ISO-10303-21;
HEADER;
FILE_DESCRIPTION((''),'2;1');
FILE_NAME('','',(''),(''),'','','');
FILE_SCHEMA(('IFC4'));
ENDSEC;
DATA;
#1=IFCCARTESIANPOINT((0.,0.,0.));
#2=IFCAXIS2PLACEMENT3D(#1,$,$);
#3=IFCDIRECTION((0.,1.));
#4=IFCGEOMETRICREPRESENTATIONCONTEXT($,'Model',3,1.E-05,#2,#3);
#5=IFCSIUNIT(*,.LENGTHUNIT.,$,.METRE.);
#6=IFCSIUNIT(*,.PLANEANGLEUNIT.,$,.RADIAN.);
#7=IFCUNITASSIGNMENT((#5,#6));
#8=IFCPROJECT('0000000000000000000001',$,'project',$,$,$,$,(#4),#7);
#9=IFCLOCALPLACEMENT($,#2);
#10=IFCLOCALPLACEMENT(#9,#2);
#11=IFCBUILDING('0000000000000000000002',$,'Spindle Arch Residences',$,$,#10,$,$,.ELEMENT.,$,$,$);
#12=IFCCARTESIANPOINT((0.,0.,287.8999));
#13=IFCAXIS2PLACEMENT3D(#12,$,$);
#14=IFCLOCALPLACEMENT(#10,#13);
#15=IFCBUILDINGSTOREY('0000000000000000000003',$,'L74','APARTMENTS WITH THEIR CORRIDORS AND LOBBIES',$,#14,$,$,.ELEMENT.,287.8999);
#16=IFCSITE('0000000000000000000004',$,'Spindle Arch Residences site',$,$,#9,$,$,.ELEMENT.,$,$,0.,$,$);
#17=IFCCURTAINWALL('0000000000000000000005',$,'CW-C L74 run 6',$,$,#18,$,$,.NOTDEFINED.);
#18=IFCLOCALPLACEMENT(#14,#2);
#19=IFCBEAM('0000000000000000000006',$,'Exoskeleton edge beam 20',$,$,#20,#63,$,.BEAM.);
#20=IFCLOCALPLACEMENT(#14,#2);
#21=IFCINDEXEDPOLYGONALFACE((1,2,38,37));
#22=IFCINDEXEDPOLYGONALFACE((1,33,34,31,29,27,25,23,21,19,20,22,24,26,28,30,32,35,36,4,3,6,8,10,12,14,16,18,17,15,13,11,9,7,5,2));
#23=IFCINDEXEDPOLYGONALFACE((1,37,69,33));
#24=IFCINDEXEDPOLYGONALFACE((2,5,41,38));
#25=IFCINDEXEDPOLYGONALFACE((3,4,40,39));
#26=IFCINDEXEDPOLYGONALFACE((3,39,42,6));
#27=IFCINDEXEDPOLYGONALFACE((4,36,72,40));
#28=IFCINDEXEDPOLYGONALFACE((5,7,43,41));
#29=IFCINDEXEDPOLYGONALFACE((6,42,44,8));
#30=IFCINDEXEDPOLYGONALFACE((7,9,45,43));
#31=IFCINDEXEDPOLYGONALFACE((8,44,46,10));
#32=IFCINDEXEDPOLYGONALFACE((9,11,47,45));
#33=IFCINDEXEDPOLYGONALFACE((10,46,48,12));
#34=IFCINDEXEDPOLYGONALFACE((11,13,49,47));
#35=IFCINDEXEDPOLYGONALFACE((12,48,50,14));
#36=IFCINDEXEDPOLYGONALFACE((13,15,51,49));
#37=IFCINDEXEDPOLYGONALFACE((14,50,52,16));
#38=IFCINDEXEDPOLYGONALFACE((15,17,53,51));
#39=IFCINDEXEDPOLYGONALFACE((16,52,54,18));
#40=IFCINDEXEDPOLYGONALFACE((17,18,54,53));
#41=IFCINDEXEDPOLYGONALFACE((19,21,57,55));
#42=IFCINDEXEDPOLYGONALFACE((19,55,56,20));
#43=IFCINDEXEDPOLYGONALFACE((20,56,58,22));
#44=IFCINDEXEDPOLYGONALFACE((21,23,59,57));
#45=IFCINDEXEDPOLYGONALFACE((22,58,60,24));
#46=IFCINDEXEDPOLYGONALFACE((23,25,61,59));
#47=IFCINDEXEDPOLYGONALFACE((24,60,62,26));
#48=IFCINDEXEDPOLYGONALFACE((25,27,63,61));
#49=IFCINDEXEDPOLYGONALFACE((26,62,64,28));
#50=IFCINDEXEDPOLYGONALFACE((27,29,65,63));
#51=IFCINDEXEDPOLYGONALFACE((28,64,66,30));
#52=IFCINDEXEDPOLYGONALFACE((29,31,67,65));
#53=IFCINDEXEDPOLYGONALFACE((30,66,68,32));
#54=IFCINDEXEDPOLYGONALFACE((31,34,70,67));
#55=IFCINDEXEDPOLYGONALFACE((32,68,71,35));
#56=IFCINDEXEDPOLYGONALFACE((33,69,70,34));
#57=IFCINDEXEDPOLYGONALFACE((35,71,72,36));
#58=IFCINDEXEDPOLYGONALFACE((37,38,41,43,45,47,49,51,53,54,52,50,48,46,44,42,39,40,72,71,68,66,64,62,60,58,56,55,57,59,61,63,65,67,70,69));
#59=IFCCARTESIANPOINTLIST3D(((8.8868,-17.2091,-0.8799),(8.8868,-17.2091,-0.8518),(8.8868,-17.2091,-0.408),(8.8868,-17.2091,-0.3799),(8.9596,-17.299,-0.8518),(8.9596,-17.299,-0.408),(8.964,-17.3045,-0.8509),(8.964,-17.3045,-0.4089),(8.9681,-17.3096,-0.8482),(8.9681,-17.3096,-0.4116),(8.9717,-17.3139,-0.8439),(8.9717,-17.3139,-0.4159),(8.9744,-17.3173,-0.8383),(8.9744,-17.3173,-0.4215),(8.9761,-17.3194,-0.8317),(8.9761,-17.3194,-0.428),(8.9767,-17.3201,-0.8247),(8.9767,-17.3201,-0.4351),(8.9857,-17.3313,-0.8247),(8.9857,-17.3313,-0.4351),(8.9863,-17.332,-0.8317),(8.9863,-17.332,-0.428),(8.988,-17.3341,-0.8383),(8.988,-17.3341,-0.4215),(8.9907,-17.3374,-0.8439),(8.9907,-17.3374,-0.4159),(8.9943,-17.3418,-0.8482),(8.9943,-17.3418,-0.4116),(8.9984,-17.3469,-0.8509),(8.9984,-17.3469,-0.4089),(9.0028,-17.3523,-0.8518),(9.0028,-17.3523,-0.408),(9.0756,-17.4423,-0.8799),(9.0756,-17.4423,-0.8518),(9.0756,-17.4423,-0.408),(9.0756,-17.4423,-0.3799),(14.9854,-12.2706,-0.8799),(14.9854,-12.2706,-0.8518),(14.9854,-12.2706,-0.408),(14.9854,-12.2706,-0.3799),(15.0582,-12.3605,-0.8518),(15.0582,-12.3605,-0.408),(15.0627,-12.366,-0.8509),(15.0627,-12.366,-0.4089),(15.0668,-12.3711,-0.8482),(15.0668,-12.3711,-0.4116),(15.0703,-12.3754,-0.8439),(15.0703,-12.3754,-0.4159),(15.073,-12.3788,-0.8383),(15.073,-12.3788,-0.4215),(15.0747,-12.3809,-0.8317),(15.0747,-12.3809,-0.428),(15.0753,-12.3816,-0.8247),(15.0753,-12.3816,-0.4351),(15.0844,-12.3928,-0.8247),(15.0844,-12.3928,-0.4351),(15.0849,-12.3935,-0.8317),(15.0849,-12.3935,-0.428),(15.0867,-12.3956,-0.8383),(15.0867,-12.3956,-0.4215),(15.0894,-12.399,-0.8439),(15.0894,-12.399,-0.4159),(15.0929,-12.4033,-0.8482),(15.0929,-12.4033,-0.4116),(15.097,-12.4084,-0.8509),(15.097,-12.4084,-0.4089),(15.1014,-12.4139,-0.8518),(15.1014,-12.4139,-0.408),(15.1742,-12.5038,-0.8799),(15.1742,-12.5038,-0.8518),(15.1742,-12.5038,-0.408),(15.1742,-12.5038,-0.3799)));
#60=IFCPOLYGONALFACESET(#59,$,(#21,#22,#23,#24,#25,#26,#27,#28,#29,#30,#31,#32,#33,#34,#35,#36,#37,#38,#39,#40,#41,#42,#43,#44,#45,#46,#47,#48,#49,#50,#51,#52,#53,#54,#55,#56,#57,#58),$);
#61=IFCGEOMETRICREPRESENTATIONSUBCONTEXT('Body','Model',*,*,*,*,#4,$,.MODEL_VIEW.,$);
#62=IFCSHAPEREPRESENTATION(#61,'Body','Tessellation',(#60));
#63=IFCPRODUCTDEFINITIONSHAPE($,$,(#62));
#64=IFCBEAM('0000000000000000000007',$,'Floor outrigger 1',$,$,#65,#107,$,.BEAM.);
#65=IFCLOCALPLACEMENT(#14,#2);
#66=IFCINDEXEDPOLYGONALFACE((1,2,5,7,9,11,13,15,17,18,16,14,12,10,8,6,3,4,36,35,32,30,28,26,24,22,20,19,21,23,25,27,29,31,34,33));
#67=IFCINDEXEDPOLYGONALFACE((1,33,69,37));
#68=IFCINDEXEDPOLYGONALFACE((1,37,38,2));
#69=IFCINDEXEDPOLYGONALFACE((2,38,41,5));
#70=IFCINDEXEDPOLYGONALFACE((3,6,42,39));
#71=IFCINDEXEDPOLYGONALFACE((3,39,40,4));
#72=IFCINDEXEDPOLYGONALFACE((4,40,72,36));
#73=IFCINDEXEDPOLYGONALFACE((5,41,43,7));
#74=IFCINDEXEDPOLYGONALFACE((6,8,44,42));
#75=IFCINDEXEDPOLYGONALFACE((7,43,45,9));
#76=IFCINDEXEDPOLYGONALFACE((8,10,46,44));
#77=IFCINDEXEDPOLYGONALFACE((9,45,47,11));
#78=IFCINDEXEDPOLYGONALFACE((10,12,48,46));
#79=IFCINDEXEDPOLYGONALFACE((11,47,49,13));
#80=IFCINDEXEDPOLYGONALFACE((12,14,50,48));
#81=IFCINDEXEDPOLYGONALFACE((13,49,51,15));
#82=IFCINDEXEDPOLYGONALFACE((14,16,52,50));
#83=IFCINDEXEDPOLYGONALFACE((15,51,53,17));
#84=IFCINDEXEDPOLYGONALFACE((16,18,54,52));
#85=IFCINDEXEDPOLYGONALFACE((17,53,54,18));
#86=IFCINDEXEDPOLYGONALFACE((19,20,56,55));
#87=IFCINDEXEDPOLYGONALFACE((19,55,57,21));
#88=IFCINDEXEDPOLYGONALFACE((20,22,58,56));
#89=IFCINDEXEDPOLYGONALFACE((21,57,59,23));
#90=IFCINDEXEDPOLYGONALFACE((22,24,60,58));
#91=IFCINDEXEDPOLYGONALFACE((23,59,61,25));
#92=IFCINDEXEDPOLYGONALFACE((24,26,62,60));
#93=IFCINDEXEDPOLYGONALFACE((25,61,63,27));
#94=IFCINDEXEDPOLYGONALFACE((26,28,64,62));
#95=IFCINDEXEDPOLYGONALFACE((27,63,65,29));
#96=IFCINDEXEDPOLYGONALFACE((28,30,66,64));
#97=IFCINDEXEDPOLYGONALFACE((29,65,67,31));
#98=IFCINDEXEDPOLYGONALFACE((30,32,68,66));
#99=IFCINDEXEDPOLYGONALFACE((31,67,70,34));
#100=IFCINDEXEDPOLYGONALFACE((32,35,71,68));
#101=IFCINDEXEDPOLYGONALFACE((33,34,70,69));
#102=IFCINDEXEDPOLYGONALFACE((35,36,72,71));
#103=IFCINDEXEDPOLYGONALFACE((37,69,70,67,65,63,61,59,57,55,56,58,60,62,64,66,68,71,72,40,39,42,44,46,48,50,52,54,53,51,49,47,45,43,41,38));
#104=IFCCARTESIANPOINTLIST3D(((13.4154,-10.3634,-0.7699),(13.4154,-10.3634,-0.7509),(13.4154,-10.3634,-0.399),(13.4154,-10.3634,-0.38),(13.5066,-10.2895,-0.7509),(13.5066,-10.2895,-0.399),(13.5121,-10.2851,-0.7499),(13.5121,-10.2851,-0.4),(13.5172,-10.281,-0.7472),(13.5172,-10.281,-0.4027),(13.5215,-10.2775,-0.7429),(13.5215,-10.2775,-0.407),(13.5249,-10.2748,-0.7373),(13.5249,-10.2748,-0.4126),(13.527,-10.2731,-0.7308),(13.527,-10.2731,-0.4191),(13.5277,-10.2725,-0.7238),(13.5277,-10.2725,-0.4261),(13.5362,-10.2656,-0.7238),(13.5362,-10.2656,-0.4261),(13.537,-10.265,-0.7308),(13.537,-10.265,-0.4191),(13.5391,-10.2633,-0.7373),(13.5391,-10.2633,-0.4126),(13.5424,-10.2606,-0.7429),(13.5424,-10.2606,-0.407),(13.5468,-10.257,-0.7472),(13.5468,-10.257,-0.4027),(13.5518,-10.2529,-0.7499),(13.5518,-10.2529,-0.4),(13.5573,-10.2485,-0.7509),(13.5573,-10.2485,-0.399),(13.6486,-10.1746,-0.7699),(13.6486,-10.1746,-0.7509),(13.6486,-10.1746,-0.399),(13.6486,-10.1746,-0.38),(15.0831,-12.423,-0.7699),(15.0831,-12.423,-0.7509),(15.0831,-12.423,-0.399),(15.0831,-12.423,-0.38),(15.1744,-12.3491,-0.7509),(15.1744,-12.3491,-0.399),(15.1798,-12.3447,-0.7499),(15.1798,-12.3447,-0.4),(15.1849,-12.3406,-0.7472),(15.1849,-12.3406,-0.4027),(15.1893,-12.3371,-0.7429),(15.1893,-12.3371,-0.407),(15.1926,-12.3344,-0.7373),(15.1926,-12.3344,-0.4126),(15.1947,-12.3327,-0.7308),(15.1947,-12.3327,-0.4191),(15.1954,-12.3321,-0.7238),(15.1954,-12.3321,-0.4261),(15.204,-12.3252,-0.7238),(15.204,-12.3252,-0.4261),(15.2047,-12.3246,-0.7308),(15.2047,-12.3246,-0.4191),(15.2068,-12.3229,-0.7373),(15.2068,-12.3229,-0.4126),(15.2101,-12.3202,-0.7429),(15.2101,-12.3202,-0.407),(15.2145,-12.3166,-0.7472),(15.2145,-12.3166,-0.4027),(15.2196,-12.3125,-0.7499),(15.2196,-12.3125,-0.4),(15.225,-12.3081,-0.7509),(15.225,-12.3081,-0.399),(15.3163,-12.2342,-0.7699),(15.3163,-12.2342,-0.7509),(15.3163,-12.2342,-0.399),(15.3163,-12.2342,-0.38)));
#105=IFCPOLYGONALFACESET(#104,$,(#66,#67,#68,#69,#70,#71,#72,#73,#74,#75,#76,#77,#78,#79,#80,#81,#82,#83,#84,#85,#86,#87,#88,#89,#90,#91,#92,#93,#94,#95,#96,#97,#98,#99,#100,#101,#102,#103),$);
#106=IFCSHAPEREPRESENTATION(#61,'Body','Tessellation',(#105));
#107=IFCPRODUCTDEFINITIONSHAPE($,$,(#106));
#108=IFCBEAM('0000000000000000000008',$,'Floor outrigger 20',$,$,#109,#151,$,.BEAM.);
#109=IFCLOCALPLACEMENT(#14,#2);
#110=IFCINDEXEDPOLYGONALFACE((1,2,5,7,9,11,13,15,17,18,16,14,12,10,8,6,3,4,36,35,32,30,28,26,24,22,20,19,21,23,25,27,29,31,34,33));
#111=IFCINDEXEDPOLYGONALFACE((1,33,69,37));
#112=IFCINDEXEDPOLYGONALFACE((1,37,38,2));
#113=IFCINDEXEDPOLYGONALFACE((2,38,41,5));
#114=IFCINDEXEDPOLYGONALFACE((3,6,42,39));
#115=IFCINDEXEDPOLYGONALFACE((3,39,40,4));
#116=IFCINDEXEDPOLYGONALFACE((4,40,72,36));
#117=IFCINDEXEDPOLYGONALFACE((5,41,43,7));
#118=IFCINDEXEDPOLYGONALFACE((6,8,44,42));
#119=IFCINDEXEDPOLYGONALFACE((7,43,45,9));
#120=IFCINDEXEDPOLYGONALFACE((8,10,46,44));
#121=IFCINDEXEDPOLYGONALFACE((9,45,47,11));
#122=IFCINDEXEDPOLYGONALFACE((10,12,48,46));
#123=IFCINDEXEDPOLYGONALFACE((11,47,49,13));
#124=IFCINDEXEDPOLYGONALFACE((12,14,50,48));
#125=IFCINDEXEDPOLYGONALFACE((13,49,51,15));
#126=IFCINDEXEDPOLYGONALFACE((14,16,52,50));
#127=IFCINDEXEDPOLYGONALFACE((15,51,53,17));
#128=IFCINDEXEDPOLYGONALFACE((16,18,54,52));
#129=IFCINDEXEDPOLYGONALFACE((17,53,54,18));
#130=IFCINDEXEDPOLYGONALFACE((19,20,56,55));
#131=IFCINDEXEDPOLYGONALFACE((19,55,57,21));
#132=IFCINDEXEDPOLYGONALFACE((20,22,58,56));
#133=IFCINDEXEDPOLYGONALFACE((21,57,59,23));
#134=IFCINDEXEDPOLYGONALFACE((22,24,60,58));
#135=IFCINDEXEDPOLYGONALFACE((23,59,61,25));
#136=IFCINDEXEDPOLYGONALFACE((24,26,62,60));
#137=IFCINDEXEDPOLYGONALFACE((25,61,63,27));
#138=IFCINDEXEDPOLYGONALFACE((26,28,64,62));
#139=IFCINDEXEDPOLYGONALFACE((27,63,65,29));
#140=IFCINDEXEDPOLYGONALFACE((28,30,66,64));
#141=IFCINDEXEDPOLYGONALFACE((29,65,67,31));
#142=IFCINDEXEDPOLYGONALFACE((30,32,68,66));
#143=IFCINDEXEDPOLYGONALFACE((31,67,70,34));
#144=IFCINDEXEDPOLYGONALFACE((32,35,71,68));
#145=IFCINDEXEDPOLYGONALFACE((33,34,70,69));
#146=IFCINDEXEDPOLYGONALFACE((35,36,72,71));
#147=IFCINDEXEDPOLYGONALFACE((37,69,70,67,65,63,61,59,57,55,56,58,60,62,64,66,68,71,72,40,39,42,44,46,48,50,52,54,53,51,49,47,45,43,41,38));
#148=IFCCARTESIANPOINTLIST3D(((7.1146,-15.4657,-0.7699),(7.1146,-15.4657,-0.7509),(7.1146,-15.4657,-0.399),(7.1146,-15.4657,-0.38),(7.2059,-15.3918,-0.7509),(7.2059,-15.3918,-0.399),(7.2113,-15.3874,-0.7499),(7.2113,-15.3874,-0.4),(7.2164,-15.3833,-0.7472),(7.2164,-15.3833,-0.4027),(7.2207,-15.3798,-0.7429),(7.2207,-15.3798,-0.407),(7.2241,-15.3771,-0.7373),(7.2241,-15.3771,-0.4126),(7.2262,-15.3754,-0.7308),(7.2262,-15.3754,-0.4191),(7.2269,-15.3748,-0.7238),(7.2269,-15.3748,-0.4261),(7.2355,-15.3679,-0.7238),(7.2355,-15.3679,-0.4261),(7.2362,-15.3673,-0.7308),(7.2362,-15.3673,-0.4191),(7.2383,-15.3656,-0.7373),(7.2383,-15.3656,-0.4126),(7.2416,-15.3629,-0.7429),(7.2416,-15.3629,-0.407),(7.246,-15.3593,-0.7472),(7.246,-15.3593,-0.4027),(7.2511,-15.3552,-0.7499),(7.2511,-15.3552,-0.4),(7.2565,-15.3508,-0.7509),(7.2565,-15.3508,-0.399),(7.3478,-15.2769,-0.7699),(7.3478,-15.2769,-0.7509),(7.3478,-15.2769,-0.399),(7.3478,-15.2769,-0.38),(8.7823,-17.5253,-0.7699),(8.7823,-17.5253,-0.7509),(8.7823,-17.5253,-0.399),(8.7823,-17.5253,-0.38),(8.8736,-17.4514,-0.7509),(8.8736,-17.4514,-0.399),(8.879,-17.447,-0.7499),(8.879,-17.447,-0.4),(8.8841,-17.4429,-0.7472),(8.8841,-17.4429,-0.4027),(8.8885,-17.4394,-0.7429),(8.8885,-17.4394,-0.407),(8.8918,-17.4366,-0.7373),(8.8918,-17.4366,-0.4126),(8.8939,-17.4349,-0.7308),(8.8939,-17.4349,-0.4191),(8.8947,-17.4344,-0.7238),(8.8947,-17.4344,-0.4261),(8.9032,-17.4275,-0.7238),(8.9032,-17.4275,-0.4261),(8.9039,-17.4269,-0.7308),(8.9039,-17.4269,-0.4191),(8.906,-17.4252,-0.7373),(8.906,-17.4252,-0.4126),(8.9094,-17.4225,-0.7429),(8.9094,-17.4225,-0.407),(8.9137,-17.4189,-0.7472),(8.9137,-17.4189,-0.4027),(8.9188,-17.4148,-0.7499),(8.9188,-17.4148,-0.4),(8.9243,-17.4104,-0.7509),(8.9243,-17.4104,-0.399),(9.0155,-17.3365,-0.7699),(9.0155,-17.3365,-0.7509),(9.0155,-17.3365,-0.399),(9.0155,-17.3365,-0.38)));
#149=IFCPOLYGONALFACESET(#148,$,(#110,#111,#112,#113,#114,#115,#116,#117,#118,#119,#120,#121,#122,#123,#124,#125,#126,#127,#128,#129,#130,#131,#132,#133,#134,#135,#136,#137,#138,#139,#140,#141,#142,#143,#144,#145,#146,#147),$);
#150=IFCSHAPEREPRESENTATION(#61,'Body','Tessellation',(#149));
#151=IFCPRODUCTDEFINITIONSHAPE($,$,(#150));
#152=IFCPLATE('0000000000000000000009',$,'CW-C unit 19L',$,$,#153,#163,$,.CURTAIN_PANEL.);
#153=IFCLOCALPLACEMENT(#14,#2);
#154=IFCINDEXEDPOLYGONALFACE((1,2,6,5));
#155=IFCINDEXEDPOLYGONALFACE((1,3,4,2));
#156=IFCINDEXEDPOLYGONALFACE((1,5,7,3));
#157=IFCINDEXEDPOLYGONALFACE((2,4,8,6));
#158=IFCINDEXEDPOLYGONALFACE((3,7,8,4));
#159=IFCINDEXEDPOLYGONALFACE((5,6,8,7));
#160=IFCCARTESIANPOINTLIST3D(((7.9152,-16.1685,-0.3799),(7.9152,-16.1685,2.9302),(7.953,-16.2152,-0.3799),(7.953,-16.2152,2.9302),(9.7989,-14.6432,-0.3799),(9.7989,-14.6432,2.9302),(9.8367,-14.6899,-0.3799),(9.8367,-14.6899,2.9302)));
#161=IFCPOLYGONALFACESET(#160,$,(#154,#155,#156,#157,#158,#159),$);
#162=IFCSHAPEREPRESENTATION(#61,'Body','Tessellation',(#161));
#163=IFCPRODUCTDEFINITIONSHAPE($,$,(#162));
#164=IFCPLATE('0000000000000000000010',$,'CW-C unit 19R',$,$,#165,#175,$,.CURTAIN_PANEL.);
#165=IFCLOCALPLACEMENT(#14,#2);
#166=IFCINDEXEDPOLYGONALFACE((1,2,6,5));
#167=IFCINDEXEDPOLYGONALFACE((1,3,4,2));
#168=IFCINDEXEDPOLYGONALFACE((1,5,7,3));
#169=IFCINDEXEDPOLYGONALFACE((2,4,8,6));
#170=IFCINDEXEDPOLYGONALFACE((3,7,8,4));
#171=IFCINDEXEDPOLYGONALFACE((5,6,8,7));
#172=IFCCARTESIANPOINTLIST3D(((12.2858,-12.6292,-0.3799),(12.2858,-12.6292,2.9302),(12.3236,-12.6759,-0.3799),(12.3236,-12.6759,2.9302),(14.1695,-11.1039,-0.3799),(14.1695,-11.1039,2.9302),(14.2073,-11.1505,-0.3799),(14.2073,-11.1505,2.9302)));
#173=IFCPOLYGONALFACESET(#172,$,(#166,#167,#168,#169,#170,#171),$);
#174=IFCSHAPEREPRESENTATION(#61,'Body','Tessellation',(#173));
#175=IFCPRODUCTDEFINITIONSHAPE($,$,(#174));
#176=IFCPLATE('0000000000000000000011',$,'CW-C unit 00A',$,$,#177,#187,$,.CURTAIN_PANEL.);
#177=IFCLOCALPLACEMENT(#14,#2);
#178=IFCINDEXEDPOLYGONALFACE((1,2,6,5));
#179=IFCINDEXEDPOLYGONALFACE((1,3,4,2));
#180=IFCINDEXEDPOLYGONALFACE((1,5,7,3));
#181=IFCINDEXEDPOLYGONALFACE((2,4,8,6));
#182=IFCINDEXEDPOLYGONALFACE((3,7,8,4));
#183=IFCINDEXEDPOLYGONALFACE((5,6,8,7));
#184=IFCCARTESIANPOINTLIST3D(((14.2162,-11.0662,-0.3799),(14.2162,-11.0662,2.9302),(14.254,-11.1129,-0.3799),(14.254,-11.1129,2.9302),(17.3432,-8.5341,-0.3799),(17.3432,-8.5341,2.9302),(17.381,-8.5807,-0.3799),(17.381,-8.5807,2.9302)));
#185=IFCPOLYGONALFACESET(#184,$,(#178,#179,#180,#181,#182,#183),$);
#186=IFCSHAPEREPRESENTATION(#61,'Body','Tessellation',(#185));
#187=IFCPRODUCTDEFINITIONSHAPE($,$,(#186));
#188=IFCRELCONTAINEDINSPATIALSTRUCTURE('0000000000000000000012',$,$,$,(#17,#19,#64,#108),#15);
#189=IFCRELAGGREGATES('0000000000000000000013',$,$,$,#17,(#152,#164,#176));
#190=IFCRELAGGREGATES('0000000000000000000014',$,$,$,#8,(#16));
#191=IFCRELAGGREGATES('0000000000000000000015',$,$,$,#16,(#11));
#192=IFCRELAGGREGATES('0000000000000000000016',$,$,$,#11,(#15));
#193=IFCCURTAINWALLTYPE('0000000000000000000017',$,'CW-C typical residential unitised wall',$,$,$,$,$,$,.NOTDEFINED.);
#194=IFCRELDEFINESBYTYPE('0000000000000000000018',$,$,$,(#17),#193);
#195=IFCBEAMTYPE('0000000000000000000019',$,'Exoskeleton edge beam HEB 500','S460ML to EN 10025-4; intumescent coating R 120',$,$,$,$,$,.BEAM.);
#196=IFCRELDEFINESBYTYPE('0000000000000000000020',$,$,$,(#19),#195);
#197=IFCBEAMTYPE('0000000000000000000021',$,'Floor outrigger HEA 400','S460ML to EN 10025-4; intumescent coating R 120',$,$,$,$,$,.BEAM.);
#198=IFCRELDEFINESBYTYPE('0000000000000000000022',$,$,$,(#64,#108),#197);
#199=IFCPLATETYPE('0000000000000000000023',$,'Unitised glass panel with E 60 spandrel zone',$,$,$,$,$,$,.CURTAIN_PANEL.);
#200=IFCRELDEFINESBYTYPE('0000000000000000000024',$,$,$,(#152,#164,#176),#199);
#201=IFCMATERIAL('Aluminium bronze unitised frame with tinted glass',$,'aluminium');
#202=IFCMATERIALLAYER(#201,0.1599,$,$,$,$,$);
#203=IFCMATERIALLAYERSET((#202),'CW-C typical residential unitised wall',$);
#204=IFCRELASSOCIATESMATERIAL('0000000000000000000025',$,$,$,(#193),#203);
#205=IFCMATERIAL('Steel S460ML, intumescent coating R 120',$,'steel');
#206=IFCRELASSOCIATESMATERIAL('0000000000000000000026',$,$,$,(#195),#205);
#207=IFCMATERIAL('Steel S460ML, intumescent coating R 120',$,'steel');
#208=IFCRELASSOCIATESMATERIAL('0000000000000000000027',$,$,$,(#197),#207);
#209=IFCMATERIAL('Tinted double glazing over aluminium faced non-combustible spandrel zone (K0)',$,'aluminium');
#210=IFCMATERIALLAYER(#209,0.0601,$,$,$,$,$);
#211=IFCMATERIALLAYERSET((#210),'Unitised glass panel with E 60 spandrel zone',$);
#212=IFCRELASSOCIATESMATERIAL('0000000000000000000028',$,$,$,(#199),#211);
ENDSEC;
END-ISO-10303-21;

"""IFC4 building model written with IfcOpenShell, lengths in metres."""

from ifc_helpers import new_model, si_unit, direction, frame, origin, origin_2d, place, context, subcontext, project, spatial, rectangle, i_section, extrude, material, layer, layer_set, material_profile, profile_set, type_object, element, aggregate, save


model = new_model("IFC4")

# Units and contexts
model_context = context("Model", 3, precision=1e-05, world=origin(), true_north=direction((0.0, 1.0)))
body_context = subcontext(model_context, "Body", "Model", "MODEL_VIEW")
ifc_project = project(units=[si_unit("LENGTHUNIT", "METRE"), si_unit("PLANEANGLEUNIT", "RADIAN")], contexts=[model_context])

# Site, building, storey
site_placement = place(None, origin())
site = spatial("IfcSite", under=ifc_project, at=site_placement, Name="Spindle Arch Residences site", CompositionType="ELEMENT", RefElevation=0.0)
building_placement = place(site_placement, origin())
building = spatial("IfcBuilding", under=site, at=building_placement, Name="Spindle Arch Residences", CompositionType="ELEMENT")
storey_placement = place(building_placement, frame((0.0, 0.0, 287.8999)))
storey = spatial("IfcBuildingStorey", under=building, at=storey_placement, Name="L74", Description="APARTMENTS WITH THEIR CORRIDORS AND LOBBIES", CompositionType="ELEMENT", Elevation=287.8999)

# Curtain wall
ifc_material_1 = material(Name="Aluminium bronze unitised frame with tinted glass", Category="aluminium")
ifc_layer_1 = layer(ifc_material_1, 0.1599)
ifc_layer_set_1 = layer_set([ifc_layer_1], Name="CW-C typical residential unitised wall")
curtain_wall_type = type_object("IfcCurtainWallType", Name="CW-C typical residential unitised wall", PredefinedType="NOTDEFINED", material=ifc_layer_set_1)
curtain_wall_placement = place(storey_placement, origin())
curtain_wall = element("IfcCurtainWall", 1, at=curtain_wall_placement, inside=storey, type_object=curtain_wall_type, Name="CW-C L74 run 6", PredefinedType="NOTDEFINED")

# Beams
ifc_material_2 = material(Name="Steel S460ML, intumescent coating R 120", Category="steel")
ifc_material_profile_1 = material_profile(ifc_material_2, i_section(OverallWidth=0.3, OverallDepth=0.5, WebThickness=0.0144, FlangeThickness=0.0281, FilletRadius=0.0271, at=origin_2d()), Name="HEB 500")
ifc_profile_set_1 = profile_set([ifc_material_profile_1], Name="Steel S460ML, intumescent coating R 120")
beam_type_1 = type_object("IfcBeamType", Name="Exoskeleton edge beam HEB 500", Description="S460ML to EN 10025-4; intumescent coating R 120", PredefinedType="BEAM", material=ifc_profile_set_1)
for number, where, z_axis, x_axis, name in (
    (2, (8.9812, -17.3257, -0.6299), (0.777152, 0.629313, 0.0), (-0.629313, 0.777152, 0.0), "Exoskeleton edge beam 20"),
):
    element("IfcBeam", number, at=place(storey_placement, frame(where, z_axis=z_axis, x_axis=x_axis)), inside=storey, type_object=beam_type_1, Name=name, PredefinedType="BEAM", context=body_context, shape_type="SweptSolid", body=[
        extrude(i_section(OverallWidth=0.3, OverallDepth=0.5, WebThickness=0.0144, FlangeThickness=0.0281, FilletRadius=0.0271, at=origin_2d()), origin(), (0.0, 0.0, 1.0), 7.8474),
    ])
ifc_material_3 = material(Name="Steel S460ML, intumescent coating R 120", Category="steel")
ifc_material_profile_2 = material_profile(ifc_material_3, i_section(OverallWidth=0.3, OverallDepth=0.3899, WebThickness=0.011, FlangeThickness=0.019, FilletRadius=0.0271, at=origin_2d()), Name="HEA 400")
ifc_profile_set_2 = profile_set([ifc_material_profile_2], Name="Steel S460ML, intumescent coating R 120")
beam_type_2 = type_object("IfcBeamType", Name="Floor outrigger HEA 400", Description="S460ML to EN 10025-4; intumescent coating R 120", PredefinedType="BEAM", material=ifc_profile_set_2)
for number, where, z_axis, x_axis, name in (
    (3, (15.1997, -12.3286, -0.575), (-0.629302, 0.777161, 0.0), (-0.777161, -0.629302, 0.0), "Floor outrigger 1"),
    (4, (8.8989, -17.4309, -0.575), (-0.629302, 0.777161, 0.0), (-0.777161, -0.629302, 0.0), "Floor outrigger 20"),
):
    element("IfcBeam", number, at=place(storey_placement, frame(where, z_axis=z_axis, x_axis=x_axis)), inside=storey, type_object=beam_type_2, Name=name, PredefinedType="BEAM", context=body_context, shape_type="SweptSolid", body=[
        extrude(i_section(OverallWidth=0.3, OverallDepth=0.3899, WebThickness=0.011, FlangeThickness=0.019, FilletRadius=0.0271, at=origin_2d()), origin(), (0.0, 0.0, 1.0), 2.6501),
    ])

# Plates
ifc_material_4 = material(Name="Tinted double glazing over aluminium faced non-combustible spandrel zone (K0)", Category="aluminium")
ifc_layer_2 = layer(ifc_material_4, 0.0601)
ifc_layer_set_2 = layer_set([ifc_layer_2], Name="Unitised glass panel with E 60 spandrel zone")
plate_type = type_object("IfcPlateType", Name="Unitised glass panel with E 60 spandrel zone", PredefinedType="CURTAIN_PANEL", material=ifc_layer_set_2)
plate_1_placement = place(storey_placement, frame((8.876, -15.4292, -0.3799), z_axis=(0.0, 0.0, 1.0), x_axis=(0.777146, 0.62932, 0.0)))
plate_1 = element("IfcPlate", 5, at=plate_1_placement, type_object=plate_type, Name="CW-C unit 19L", PredefinedType="CURTAIN_PANEL", context=body_context, shape_type="SweptSolid", body=[
    extrude(rectangle(XDim=2.4238, YDim=0.0601, at=origin_2d()), origin(), (0.0, 0.0, 1.0), 3.3101),
])
plate_2_placement = place(storey_placement, frame((13.2466, -11.8899, -0.3799), z_axis=(0.0, 0.0, 1.0), x_axis=(0.777146, 0.62932, 0.0)))
plate_2 = element("IfcPlate", 6, at=plate_2_placement, type_object=plate_type, Name="CW-C unit 19R", PredefinedType="CURTAIN_PANEL", context=body_context, shape_type="SweptSolid", body=[
    extrude(rectangle(XDim=2.4238, YDim=0.0601, at=origin_2d()), origin(), (0.0, 0.0, 1.0), 3.3101),
])
plate_3_placement = place(storey_placement, frame((15.7986, -9.8235, -0.3799), z_axis=(0.0, 0.0, 1.0), x_axis=(0.777146, 0.62932, 0.0)))
plate_3 = element("IfcPlate", 7, at=plate_3_placement, type_object=plate_type, Name="CW-C unit 00A", PredefinedType="CURTAIN_PANEL", context=body_context, shape_type="SweptSolid", body=[
    extrude(rectangle(XDim=4.0237, YDim=0.0601, at=origin_2d()), origin(), (0.0, 0.0, 1.0), 3.3101),
])
aggregate(curtain_wall, [plate_1, plate_2, plate_3])

save(model, "model.ifc")
